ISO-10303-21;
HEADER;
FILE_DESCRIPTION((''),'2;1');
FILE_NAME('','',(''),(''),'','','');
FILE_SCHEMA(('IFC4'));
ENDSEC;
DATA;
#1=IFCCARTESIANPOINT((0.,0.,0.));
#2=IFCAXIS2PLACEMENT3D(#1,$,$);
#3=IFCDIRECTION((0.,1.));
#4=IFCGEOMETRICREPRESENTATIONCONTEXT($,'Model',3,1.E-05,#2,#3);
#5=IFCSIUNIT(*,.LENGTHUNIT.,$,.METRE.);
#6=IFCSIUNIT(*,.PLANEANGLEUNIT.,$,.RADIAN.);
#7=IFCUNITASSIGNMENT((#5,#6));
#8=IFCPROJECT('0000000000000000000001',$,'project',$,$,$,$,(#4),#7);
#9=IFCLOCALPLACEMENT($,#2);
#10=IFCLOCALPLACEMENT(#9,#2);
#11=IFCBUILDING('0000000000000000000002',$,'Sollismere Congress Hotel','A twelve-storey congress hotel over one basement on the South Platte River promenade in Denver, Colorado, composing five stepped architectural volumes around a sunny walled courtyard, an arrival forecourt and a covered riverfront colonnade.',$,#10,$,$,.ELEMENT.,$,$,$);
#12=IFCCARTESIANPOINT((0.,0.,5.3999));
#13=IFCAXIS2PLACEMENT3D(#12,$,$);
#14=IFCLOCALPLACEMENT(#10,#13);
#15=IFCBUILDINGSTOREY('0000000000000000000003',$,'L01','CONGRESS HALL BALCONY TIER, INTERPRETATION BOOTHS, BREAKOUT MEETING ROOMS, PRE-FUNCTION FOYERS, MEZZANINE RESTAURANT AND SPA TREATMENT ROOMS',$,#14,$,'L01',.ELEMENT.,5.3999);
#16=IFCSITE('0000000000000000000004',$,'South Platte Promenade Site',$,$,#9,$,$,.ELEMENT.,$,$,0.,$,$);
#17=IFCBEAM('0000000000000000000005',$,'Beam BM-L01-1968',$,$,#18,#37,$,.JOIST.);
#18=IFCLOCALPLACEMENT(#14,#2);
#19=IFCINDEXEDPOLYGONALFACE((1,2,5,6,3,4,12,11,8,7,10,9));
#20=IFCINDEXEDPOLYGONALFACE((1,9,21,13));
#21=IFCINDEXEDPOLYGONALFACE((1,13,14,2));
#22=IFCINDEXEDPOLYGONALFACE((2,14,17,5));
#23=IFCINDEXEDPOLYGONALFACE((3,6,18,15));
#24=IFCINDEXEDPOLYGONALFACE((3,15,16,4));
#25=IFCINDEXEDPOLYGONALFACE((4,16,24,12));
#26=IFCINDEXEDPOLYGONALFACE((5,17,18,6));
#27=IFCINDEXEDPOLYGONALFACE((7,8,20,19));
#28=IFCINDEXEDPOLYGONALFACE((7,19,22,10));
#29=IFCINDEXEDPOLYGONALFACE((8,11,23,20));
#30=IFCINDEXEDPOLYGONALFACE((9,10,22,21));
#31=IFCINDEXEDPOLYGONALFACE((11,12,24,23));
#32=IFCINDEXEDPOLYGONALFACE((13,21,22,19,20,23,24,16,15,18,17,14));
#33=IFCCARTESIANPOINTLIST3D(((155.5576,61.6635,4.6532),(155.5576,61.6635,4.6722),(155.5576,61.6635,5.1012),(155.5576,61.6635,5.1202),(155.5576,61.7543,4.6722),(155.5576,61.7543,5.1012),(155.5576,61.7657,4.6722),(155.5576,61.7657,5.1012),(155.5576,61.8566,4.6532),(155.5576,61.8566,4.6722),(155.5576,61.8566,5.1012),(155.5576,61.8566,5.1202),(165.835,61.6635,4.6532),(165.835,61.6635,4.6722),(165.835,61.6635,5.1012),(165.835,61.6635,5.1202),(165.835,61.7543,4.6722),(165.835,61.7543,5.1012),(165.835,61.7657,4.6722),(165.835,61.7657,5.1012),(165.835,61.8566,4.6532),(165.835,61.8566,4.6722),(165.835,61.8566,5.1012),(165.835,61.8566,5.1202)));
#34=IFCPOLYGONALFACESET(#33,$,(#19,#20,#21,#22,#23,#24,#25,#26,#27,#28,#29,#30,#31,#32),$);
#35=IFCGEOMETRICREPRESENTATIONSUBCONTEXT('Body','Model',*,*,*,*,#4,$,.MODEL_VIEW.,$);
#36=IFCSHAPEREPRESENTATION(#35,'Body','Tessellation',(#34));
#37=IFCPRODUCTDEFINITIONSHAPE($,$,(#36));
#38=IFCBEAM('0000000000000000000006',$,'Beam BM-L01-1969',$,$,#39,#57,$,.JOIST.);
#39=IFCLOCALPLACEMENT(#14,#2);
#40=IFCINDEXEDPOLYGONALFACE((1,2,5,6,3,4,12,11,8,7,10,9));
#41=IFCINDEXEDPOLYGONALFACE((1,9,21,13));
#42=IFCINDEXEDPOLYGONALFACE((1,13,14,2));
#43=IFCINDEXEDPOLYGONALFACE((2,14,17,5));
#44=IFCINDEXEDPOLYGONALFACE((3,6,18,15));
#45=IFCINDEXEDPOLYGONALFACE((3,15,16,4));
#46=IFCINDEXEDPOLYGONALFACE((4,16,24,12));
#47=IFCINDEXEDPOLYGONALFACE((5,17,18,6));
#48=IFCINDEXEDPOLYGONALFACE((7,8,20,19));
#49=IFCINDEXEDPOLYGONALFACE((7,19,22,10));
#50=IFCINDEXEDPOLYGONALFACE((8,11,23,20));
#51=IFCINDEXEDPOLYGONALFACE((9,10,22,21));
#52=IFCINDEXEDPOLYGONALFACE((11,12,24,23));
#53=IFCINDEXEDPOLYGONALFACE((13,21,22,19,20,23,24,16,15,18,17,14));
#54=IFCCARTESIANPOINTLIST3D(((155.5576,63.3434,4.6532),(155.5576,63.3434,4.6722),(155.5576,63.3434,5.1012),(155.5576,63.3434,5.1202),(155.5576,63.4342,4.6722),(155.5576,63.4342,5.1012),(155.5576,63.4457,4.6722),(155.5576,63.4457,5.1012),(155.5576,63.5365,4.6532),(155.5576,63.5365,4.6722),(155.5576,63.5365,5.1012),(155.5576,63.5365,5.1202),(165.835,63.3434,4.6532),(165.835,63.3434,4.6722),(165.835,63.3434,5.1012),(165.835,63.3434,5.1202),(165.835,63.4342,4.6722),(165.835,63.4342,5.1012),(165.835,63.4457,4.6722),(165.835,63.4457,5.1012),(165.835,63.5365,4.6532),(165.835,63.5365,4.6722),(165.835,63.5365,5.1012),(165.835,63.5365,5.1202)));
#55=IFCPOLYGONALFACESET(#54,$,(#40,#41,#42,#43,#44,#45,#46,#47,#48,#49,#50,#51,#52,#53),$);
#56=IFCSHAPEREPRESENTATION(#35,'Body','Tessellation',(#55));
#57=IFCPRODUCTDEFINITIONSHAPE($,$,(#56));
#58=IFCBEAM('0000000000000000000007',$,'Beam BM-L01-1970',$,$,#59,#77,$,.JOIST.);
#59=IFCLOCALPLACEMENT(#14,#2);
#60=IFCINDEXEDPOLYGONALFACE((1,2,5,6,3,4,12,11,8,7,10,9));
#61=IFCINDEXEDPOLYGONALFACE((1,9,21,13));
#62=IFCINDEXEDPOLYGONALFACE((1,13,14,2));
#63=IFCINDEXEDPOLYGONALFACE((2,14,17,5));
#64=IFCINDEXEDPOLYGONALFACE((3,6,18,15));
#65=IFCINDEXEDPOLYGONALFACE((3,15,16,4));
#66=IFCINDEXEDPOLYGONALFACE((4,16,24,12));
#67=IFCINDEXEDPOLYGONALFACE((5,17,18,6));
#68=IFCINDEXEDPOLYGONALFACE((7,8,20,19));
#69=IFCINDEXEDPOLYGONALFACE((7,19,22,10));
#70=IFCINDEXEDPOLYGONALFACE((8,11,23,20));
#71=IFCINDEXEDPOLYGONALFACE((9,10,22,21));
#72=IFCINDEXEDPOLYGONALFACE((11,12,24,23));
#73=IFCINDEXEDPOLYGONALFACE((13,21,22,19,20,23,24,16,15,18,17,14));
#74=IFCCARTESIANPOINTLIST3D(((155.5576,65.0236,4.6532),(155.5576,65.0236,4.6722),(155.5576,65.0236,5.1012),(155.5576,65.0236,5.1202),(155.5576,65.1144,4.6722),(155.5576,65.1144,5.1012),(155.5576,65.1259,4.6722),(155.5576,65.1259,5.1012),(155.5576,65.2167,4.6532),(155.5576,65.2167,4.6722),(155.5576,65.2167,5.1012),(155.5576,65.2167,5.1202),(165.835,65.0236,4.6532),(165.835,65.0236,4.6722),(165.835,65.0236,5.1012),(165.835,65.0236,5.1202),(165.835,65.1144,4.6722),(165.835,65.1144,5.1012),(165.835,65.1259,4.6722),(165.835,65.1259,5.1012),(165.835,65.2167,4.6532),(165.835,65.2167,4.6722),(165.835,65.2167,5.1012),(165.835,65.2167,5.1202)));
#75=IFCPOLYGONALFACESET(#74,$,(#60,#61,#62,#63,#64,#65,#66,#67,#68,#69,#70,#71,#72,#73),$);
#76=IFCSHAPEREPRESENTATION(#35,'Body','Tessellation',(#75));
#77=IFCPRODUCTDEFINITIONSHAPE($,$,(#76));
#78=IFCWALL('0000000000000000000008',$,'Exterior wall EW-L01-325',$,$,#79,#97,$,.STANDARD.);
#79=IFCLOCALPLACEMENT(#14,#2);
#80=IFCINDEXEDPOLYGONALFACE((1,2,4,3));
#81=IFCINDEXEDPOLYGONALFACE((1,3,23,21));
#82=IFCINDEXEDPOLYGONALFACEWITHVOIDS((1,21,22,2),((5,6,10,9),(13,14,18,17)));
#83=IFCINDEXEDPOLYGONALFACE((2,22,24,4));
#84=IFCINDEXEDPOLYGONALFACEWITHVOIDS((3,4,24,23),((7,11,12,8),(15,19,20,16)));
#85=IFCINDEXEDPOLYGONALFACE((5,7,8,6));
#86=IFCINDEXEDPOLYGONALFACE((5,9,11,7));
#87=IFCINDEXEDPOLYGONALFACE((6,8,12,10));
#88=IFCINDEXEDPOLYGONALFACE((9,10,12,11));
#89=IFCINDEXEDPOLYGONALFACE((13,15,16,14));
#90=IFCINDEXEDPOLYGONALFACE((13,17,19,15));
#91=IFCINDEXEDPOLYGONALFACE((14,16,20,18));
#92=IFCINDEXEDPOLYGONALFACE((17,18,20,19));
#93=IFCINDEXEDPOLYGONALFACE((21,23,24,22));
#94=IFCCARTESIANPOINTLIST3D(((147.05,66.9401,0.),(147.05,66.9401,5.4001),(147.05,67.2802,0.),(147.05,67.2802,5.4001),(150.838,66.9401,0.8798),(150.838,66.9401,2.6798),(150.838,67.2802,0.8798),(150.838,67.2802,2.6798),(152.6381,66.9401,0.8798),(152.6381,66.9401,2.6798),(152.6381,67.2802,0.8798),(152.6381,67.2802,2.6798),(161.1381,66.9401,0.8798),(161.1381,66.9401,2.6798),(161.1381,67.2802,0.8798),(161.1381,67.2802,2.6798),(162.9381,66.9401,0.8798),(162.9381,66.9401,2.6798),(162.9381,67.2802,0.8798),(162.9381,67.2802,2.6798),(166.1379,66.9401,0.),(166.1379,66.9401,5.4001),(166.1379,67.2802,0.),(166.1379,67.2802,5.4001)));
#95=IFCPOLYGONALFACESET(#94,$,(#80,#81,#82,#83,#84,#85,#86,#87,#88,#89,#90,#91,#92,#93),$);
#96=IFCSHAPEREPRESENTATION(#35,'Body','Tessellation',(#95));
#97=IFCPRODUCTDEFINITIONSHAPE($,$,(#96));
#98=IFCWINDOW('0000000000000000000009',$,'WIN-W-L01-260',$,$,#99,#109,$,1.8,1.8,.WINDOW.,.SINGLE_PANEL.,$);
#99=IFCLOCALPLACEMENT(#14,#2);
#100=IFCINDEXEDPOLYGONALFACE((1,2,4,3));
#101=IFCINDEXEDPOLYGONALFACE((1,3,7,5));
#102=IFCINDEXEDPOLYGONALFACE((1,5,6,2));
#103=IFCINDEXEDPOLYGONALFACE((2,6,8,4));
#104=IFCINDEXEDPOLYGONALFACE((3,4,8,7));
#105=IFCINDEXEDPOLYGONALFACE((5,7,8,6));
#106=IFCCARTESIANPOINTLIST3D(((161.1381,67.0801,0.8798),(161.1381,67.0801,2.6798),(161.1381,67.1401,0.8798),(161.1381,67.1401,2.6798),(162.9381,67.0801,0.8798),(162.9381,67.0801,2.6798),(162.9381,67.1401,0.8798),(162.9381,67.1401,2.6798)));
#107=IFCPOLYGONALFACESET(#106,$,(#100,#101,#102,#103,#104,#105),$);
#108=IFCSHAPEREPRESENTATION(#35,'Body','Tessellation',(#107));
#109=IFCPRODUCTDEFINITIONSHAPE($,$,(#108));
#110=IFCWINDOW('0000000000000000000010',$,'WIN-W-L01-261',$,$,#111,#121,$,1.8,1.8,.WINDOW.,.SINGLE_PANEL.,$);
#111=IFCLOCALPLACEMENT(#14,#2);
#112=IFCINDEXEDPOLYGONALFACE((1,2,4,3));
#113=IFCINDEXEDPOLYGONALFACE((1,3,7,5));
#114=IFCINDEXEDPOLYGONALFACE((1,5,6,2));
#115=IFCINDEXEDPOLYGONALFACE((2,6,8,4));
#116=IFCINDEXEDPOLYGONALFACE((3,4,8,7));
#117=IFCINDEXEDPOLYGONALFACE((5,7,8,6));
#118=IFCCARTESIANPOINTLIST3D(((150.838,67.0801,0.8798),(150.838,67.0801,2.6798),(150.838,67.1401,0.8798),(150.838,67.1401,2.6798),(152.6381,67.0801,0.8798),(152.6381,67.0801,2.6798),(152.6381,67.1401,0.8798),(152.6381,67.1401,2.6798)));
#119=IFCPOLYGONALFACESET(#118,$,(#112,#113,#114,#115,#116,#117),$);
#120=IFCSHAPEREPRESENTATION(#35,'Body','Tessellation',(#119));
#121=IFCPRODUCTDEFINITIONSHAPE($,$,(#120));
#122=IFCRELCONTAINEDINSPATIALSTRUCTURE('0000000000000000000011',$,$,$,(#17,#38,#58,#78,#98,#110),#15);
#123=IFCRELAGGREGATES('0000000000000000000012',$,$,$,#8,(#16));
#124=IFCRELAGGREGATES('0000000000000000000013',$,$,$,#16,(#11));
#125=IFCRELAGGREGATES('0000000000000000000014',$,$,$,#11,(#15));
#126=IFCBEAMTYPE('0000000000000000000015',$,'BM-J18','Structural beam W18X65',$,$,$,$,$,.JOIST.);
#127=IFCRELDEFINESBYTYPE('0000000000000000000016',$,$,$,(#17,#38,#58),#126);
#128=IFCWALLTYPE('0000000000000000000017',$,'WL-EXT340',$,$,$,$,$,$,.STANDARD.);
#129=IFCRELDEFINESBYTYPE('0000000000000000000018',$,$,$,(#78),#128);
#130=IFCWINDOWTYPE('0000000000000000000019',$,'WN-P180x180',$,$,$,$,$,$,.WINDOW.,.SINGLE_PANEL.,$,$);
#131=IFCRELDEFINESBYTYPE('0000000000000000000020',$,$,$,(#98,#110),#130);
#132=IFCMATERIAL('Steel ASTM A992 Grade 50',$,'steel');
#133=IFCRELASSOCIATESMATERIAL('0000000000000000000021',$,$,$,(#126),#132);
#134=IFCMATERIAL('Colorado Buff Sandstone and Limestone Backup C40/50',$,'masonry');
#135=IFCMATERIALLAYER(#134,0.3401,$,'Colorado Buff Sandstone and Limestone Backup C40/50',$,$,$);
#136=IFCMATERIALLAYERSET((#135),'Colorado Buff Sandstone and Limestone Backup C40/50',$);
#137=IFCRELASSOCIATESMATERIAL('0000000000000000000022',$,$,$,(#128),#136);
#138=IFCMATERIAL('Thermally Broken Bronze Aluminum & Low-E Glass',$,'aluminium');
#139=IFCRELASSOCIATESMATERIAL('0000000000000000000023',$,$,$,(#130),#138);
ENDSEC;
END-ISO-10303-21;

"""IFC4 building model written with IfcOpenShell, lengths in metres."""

from ifc_helpers import new_model, si_unit, direction, frame, frame_2d, origin, origin_2d, place, context, subcontext, project, spatial, rectangle, i_section, extrude, material, layer, layer_set, material_profile, profile_set, type_object, element, fill, save


model = new_model("IFC4")

# Units and contexts
model_context = context("Model", 3, precision=1e-05, world=origin(), true_north=direction((0.0, 1.0)))
body_context = subcontext(model_context, "Body", "Model", "MODEL_VIEW")
ifc_project = project(units=[si_unit("LENGTHUNIT", "METRE"), si_unit("PLANEANGLEUNIT", "RADIAN")], contexts=[model_context])

# Site, building, storey
site_placement = place(None, origin())
site = spatial("IfcSite", under=ifc_project, at=site_placement, Name="South Platte Promenade Site", CompositionType="ELEMENT", RefElevation=0.0)
building_placement = place(site_placement, origin())
building = spatial("IfcBuilding", under=site, at=building_placement, Name="Sollismere Congress Hotel", Description="A twelve-storey congress hotel over one basement on the South Platte River promenade in Denver, Colorado, composing five stepped architectural volumes around a sunny walled courtyard, an arrival forecourt and a covered riverfront colonnade.", CompositionType="ELEMENT")
storey_placement = place(building_placement, frame((0.0, 0.0, 5.3999)))
storey = spatial("IfcBuildingStorey", under=building, at=storey_placement, Name="L01", Description="CONGRESS HALL BALCONY TIER, INTERPRETATION BOOTHS, BREAKOUT MEETING ROOMS, PRE-FUNCTION FOYERS, MEZZANINE RESTAURANT AND SPA TREATMENT ROOMS", LongName="L01", CompositionType="ELEMENT", Elevation=5.3999)

# Shared definitions
ifc_material_1 = material(Name="Steel ASTM A992 Grade 50", Category="steel")

# Beams
ifc_material_profile_1 = material_profile(ifc_material_1, i_section(OverallWidth=0.1931, OverallDepth=0.467, WebThickness=0.0115, FlangeThickness=0.019, at=origin_2d()), Name="W18X65")
ifc_profile_set_1 = profile_set([ifc_material_profile_1], Name="Steel ASTM A992 Grade 50")
beam_type_1 = type_object("IfcBeamType", Name="BM-J18", Description="Structural beam W18X65", PredefinedType="JOIST", material=ifc_profile_set_1)
for number, where, z_axis, x_axis, name in (
    (1, (155.5576, 61.76, 4.8867), (1.0, 0.0, 0.0), (0.0, 1.0, 0.0), "Beam BM-L01-1968"),
    (2, (155.5576, 63.4399, 4.8867), (1.0, 0.0, 0.0), (0.0, 1.0, 0.0), "Beam BM-L01-1969"),
    (3, (155.5576, 65.1201, 4.8867), (1.0, 0.0, 0.0), (0.0, 1.0, 0.0), "Beam BM-L01-1970"),
):
    element("IfcBeam", number, at=place(storey_placement, frame(where, z_axis=z_axis, x_axis=x_axis)), inside=storey, type_object=beam_type_1, Name=name, PredefinedType="JOIST", context=body_context, shape_type="SweptSolid", body=[
        extrude(i_section(OverallWidth=0.1931, OverallDepth=0.467, WebThickness=0.0115, FlangeThickness=0.019, at=origin_2d()), origin(), (0.0, 0.0, 1.0), 10.2773),
    ])

# Wall, openings, windows
ifc_material_2 = material(Name="Colorado Buff Sandstone and Limestone Backup C40/50", Category="masonry")
ifc_layer = layer(ifc_material_2, 0.3401, Name="Colorado Buff Sandstone and Limestone Backup C40/50")
ifc_layer_set = layer_set([ifc_layer], Name="Colorado Buff Sandstone and Limestone Backup C40/50")
wall_type = type_object("IfcWallType", Name="WL-EXT340", PredefinedType="STANDARD", material=ifc_layer_set)
wall_placement = place(storey_placement, frame((166.1379, 67.1101, 0.0), z_axis=(0.0, 0.0, 1.0), x_axis=(-1.0, 0.0, 0.0)))
wall = element("IfcWall", 4, at=wall_placement, inside=storey, type_object=wall_type, Name="Exterior wall EW-L01-325", PredefinedType="STANDARD", context=body_context, shape_type="SweptSolid", body=[
    extrude(rectangle(XDim=19.0879, YDim=0.3401, at=frame_2d((9.5439, 0.0))), origin(), (0.0, 0.0, 1.0), 5.4001),
])
opening_1_placement = place(wall_placement, frame((3.2, 0.0, 0.8799)))
opening_1 = element("IfcOpeningElement", 5, at=opening_1_placement, cuts=wall, PredefinedType="OPENING", context=body_context, shape_type="SweptSolid", body=[
    extrude(rectangle(XDim=1.8, YDim=1.8, at=frame_2d((0.8999, 0.8999))), frame((0.0, 0.1799, 0.0), z_axis=(0.0, -1.0, 0.0), x_axis=(1.0, 0.0, 0.0)), (0.0, 0.0, 1.0), 0.3601),
])
opening_2_placement = place(wall_placement, frame((13.5, 0.0, 0.8799)))
opening_2 = element("IfcOpeningElement", 6, at=opening_2_placement, cuts=wall, PredefinedType="OPENING", context=body_context, shape_type="SweptSolid", body=[
    extrude(rectangle(XDim=1.8, YDim=1.8, at=frame_2d((0.8999, 0.8999))), frame((0.0, 0.1799, 0.0), z_axis=(0.0, -1.0, 0.0), x_axis=(1.0, 0.0, 0.0)), (0.0, 0.0, 1.0), 0.3601),
])
ifc_material_3 = material(Name="Thermally Broken Bronze Aluminum & Low-E Glass", Category="aluminium")
window_type = type_object("IfcWindowType", Name="WN-P180x180", PartitioningType="SINGLE_PANEL", PredefinedType="WINDOW", material=ifc_material_3)
window_1_placement = place(opening_1_placement, origin())
window_1 = element("IfcWindow", 7, at=window_1_placement, inside=storey, type_object=window_type, Name="WIN-W-L01-260", OverallHeight=1.8, OverallWidth=1.8, PartitioningType="SINGLE_PANEL", PredefinedType="WINDOW", context=body_context, shape_type="SweptSolid", body=[
    extrude(rectangle(XDim=1.8, YDim=1.8, at=frame_2d((0.8999, 0.8999))), frame((0.0, 0.03, 0.0), z_axis=(0.0, -1.0, 0.0), x_axis=(1.0, 0.0, 0.0)), (0.0, 0.0, 1.0), 0.0601),
])
fill(opening_1, window_1)
window_2_placement = place(opening_2_placement, origin())
window_2 = element("IfcWindow", 8, at=window_2_placement, inside=storey, type_object=window_type, Name="WIN-W-L01-261", OverallHeight=1.8, OverallWidth=1.8, PartitioningType="SINGLE_PANEL", PredefinedType="WINDOW", context=body_context, shape_type="SweptSolid", body=[
    extrude(rectangle(XDim=1.8, YDim=1.8, at=frame_2d((0.8999, 0.8999))), frame((0.0, 0.03, 0.0), z_axis=(0.0, -1.0, 0.0), x_axis=(1.0, 0.0, 0.0)), (0.0, 0.0, 1.0), 0.0601),
])
fill(opening_2, window_2)

save(model, "model.ifc")
